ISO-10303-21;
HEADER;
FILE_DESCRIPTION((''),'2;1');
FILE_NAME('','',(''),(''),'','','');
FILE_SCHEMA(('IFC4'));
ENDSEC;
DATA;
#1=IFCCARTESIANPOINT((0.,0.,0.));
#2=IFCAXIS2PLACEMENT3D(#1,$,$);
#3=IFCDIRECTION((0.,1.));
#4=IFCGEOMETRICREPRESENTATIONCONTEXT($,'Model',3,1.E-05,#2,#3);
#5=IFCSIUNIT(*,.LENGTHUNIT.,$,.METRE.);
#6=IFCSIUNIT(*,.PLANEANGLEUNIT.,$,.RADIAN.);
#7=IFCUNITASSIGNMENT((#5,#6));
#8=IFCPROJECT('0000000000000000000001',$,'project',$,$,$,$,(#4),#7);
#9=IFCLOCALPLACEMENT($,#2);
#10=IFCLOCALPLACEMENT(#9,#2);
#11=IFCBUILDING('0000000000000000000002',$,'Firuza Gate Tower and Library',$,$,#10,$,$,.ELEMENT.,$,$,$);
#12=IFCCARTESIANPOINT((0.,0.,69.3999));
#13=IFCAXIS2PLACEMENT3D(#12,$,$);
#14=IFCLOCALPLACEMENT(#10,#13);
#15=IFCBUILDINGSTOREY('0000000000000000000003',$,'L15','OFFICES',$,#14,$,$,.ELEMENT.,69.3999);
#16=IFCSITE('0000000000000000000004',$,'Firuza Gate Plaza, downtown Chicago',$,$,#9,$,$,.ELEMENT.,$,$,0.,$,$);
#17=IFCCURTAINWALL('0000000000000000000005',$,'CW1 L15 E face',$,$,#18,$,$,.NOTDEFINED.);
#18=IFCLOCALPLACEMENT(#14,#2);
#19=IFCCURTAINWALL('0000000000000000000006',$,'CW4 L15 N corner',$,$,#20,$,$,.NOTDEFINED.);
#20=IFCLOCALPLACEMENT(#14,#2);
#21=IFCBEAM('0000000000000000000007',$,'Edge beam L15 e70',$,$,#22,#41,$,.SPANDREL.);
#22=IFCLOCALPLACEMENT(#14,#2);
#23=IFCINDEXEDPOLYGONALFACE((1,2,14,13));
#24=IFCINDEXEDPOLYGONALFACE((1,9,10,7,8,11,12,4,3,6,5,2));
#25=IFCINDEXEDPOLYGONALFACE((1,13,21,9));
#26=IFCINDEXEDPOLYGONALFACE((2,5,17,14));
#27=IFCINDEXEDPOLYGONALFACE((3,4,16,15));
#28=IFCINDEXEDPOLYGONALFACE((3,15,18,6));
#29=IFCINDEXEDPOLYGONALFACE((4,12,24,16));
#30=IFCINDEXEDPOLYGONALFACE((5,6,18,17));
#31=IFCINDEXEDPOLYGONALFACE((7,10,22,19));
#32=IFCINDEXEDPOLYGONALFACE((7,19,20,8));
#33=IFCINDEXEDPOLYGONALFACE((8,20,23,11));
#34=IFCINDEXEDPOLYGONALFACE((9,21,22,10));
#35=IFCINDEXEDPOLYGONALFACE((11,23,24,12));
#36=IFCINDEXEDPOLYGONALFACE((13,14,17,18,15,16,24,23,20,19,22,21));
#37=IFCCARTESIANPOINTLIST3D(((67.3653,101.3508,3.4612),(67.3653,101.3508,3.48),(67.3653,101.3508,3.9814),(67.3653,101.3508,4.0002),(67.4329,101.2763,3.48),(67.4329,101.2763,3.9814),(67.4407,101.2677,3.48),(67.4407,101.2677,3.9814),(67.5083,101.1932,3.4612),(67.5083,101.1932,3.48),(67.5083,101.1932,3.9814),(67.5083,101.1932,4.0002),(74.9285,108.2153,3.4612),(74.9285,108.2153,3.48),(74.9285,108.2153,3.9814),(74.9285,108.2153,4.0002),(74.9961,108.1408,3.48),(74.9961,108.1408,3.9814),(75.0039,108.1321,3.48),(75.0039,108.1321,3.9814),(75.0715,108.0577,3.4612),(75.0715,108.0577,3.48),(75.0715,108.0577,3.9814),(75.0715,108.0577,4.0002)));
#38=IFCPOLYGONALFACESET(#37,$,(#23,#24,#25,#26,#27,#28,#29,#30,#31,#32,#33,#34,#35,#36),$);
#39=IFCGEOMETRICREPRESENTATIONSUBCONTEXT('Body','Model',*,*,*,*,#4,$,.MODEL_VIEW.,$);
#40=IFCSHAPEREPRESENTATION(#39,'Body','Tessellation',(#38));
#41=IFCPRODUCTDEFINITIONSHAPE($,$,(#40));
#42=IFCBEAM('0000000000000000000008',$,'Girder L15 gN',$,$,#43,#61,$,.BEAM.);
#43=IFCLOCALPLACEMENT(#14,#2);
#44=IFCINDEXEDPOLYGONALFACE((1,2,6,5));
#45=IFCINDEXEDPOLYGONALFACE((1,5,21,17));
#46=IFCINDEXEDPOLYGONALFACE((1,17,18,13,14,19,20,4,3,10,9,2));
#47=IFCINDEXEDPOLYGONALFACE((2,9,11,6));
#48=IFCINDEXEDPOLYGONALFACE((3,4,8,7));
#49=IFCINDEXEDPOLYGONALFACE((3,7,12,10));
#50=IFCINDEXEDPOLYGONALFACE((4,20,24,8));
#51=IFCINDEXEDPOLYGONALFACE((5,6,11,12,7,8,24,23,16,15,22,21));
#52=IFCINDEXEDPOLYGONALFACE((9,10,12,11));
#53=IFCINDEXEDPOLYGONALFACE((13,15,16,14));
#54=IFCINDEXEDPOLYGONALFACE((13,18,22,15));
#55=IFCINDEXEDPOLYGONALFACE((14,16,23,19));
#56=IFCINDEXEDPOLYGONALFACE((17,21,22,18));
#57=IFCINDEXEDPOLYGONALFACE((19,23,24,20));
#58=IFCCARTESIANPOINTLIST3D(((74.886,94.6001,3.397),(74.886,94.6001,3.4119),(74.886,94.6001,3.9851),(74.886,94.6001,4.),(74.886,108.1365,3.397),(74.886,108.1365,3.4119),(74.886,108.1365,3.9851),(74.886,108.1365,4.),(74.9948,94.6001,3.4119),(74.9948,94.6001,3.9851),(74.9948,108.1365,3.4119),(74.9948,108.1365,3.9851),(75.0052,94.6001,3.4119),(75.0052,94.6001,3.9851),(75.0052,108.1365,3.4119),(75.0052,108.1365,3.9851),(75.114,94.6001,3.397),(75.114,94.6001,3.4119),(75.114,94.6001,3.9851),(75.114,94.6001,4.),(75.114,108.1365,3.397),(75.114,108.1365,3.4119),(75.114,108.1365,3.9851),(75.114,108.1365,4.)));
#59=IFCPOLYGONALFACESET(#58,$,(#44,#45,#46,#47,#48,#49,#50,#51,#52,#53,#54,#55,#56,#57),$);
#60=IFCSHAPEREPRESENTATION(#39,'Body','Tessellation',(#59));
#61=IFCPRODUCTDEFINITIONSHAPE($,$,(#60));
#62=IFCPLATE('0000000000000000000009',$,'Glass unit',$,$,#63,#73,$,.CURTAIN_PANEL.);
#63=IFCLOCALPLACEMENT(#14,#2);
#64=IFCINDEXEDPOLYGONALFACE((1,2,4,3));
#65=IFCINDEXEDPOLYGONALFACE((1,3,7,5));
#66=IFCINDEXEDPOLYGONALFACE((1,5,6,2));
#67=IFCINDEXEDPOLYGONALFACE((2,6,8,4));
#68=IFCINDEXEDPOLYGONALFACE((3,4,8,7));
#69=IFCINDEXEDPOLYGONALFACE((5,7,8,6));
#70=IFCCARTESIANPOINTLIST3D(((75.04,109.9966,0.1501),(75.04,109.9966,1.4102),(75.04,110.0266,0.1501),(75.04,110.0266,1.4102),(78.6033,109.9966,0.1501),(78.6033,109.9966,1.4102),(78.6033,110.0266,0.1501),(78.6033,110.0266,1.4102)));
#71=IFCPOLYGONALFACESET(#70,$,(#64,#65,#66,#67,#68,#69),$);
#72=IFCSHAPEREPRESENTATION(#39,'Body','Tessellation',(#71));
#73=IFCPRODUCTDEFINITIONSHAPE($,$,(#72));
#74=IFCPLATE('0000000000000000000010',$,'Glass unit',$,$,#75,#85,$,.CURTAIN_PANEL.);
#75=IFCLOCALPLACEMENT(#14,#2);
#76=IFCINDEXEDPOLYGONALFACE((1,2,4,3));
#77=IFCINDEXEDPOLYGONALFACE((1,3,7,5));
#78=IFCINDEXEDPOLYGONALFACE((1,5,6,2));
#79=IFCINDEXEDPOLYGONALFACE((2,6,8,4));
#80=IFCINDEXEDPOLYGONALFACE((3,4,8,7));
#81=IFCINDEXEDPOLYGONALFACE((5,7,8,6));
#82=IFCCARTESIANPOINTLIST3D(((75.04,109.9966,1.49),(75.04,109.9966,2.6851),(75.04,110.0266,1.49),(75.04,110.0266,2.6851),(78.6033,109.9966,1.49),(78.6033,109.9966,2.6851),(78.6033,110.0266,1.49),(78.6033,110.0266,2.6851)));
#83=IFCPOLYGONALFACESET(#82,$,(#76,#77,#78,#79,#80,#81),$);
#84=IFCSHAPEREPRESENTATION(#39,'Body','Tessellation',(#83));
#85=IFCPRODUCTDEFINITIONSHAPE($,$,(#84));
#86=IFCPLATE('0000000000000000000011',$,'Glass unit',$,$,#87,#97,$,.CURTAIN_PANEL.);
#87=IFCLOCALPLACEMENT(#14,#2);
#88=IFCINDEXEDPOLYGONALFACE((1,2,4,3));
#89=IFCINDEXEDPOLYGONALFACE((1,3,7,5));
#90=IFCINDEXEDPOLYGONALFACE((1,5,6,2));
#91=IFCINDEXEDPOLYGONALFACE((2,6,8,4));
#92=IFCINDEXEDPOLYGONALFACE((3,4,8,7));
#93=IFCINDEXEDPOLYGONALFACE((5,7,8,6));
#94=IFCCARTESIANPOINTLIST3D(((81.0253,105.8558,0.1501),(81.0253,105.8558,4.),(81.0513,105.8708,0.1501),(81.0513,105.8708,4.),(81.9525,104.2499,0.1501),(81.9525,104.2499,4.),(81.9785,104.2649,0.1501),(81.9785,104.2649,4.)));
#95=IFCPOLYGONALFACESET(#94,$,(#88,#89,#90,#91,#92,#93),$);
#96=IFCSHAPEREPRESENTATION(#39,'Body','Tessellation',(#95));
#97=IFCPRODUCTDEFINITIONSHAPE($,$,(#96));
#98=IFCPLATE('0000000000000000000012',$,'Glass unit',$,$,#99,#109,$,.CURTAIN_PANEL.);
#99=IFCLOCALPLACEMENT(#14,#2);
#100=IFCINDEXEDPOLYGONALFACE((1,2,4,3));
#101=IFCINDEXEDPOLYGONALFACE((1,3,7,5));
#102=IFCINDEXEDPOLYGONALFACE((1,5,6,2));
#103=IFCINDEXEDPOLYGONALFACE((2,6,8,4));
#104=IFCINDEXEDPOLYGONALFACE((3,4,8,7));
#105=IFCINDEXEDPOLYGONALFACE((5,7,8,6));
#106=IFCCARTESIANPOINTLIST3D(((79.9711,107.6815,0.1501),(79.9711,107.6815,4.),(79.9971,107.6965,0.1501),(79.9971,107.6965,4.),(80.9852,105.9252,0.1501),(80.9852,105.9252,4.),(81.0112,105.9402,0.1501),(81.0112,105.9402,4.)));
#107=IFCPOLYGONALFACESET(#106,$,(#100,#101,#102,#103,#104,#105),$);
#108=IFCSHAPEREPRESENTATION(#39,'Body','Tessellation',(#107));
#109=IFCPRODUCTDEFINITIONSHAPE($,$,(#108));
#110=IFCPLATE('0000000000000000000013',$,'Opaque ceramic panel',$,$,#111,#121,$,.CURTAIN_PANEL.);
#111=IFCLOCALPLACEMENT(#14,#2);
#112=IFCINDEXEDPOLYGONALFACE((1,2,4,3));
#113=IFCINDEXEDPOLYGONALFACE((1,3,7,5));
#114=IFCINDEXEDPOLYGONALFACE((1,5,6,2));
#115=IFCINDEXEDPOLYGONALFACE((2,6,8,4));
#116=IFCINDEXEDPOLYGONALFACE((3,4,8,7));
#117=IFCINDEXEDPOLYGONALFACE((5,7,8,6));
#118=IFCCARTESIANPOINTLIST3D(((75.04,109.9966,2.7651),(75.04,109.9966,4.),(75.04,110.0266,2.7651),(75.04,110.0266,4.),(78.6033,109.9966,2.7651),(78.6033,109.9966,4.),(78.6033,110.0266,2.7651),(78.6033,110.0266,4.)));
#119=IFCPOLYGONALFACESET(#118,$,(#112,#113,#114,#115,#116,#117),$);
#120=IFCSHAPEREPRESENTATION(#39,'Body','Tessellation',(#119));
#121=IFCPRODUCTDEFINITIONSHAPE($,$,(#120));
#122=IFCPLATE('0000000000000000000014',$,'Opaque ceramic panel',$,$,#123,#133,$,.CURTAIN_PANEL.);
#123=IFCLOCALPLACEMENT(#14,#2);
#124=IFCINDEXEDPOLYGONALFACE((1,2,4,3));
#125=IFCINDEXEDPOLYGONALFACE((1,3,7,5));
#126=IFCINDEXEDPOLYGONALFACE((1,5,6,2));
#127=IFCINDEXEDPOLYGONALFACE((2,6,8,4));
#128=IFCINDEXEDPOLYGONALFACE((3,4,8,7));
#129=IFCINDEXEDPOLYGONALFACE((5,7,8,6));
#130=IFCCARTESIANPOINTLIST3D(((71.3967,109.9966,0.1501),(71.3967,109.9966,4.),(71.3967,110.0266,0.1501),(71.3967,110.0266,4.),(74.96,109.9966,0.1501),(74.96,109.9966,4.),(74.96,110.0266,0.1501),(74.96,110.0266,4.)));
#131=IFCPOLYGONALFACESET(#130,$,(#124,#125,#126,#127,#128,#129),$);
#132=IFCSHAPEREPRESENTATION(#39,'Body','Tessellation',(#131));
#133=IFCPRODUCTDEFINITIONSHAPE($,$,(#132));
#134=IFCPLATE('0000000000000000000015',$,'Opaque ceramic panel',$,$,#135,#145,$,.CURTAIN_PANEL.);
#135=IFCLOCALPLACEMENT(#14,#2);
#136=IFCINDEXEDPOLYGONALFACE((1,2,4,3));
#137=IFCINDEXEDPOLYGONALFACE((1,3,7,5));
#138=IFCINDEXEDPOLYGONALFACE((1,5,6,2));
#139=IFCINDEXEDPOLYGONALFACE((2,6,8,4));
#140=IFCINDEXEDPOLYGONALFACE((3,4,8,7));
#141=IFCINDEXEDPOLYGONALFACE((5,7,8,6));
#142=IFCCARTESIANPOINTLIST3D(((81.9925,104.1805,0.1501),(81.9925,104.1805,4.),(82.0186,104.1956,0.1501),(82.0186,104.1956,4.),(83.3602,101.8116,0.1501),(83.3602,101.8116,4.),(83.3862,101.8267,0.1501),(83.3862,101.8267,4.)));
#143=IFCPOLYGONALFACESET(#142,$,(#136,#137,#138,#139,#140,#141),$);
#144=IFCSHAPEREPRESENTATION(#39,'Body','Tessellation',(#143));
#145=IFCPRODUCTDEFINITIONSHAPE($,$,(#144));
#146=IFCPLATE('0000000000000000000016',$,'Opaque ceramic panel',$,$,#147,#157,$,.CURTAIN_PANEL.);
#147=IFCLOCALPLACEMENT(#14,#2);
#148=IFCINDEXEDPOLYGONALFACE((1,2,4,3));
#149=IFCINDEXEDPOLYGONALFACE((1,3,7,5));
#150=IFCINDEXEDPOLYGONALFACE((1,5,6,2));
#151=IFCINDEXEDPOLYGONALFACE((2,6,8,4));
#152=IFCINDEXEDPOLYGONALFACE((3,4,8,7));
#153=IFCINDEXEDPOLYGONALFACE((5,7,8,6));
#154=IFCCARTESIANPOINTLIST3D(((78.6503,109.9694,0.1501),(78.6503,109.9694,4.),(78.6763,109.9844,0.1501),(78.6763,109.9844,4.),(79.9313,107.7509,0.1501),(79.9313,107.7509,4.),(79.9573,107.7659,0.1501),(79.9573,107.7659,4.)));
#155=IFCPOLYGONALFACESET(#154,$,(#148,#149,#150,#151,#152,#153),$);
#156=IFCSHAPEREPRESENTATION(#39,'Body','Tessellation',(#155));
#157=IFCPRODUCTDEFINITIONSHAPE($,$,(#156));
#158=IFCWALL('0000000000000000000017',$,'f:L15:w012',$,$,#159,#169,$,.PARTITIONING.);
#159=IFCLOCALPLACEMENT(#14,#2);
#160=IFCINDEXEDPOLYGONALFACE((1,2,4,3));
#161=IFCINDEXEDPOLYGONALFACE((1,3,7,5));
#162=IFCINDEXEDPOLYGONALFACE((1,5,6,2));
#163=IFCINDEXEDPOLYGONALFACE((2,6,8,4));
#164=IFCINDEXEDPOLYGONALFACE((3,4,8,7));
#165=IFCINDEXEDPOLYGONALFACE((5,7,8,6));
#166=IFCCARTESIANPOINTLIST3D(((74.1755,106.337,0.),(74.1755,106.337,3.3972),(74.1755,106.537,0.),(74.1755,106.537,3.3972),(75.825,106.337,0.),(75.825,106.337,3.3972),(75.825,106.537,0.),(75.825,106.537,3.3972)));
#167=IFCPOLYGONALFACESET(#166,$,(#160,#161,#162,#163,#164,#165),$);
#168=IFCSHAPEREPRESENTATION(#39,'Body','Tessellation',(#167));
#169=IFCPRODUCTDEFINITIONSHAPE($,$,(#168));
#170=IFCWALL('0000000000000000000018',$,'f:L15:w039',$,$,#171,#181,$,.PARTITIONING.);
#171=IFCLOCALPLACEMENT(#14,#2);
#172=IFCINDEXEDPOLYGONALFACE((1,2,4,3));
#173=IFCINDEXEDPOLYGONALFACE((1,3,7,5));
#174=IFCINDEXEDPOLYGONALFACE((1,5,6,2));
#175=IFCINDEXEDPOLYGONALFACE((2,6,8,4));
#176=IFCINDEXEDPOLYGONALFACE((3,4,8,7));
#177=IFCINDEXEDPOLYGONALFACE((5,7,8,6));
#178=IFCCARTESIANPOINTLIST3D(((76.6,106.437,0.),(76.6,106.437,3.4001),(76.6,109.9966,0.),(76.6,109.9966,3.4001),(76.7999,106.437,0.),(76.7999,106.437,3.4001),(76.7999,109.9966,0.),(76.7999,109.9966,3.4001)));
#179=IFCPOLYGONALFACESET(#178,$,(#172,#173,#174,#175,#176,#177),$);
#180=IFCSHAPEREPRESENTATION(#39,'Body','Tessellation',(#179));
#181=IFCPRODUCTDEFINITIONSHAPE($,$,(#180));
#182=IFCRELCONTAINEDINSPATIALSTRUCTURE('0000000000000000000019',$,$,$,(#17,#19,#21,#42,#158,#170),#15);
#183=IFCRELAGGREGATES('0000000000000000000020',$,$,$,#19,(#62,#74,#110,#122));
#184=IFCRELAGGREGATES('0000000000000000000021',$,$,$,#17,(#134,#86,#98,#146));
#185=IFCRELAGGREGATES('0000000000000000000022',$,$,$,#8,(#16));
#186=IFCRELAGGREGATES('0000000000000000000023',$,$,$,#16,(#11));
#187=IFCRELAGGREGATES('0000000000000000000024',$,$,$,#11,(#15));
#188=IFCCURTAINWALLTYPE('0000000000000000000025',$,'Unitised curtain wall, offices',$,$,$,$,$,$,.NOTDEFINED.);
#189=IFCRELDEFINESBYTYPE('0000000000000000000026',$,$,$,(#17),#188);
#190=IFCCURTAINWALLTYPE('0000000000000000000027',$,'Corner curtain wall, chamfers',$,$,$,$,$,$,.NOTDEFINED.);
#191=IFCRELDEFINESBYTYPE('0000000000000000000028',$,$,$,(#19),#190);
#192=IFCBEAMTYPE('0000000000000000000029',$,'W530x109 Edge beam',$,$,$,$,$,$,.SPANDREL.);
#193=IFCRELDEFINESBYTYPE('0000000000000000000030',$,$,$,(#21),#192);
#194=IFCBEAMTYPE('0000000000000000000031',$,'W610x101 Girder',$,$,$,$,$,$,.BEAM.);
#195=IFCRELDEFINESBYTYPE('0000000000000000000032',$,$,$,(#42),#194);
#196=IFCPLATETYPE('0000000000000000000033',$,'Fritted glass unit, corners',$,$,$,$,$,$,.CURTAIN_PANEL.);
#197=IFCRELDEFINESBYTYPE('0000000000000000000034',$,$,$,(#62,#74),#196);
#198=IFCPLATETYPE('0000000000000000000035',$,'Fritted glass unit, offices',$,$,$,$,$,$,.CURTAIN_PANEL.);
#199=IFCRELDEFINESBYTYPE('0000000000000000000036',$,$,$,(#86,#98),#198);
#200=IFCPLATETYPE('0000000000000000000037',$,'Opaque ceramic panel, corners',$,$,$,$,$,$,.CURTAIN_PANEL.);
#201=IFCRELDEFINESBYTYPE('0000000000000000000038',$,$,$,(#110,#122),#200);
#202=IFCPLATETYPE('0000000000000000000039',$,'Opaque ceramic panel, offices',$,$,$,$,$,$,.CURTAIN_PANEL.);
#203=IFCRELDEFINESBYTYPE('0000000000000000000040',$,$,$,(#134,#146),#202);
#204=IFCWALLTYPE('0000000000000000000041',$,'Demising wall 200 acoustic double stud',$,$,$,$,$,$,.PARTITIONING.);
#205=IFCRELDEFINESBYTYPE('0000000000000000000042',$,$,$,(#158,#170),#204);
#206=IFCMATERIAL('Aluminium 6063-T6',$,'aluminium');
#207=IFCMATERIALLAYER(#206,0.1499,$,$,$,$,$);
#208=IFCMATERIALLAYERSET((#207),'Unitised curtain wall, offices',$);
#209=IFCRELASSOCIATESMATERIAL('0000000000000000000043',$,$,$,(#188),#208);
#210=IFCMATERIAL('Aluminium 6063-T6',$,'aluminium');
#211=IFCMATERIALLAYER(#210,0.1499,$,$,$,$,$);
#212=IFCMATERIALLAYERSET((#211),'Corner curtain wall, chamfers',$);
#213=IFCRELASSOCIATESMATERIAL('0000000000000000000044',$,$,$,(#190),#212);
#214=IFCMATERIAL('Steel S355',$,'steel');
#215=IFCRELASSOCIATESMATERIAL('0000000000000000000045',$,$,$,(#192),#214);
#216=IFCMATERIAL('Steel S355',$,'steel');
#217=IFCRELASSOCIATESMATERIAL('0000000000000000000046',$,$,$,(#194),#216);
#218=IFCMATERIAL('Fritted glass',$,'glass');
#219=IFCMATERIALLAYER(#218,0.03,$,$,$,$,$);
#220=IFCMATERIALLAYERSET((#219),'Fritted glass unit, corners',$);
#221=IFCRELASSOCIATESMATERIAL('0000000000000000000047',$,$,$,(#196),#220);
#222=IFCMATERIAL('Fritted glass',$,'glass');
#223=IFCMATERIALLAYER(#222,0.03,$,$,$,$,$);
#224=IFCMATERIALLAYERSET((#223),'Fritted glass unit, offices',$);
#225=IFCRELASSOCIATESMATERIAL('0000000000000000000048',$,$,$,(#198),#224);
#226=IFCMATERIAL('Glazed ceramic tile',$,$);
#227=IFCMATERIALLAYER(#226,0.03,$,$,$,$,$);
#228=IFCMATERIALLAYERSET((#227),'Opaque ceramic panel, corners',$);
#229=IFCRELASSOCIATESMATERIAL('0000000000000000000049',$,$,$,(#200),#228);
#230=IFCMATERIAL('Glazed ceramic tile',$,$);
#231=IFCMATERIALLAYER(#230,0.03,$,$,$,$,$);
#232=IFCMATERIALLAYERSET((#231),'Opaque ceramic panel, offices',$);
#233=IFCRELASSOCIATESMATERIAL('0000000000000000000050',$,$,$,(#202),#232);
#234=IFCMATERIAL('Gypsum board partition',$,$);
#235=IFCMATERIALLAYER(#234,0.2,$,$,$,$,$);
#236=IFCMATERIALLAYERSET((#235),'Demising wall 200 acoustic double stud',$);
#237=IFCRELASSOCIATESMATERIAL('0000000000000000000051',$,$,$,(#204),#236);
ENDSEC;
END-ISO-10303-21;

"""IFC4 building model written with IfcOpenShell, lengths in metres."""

from ifc_helpers import new_model, si_unit, direction, frame, frame_2d, origin, origin_2d, place, context, subcontext, project, spatial, polyline, rectangle, i_section, outline, extrude, material, layer, layer_set, material_profile, profile_set, type_object, element, aggregate, save


model = new_model("IFC4")

# Units and contexts
model_context = context("Model", 3, precision=1e-05, world=origin(), true_north=direction((0.0, 1.0)))
body_context = subcontext(model_context, "Body", "Model", "MODEL_VIEW")
ifc_project = project(units=[si_unit("LENGTHUNIT", "METRE"), si_unit("PLANEANGLEUNIT", "RADIAN")], contexts=[model_context])

# Site, building, storey
site_placement = place(None, origin())
site = spatial("IfcSite", under=ifc_project, at=site_placement, Name="Firuza Gate Plaza, downtown Chicago", CompositionType="ELEMENT", RefElevation=0.0)
building_placement = place(site_placement, origin())
building = spatial("IfcBuilding", under=site, at=building_placement, Name="Firuza Gate Tower and Library", CompositionType="ELEMENT")
storey_placement = place(building_placement, frame((0.0, 0.0, 69.3999)))
storey = spatial("IfcBuildingStorey", under=building, at=storey_placement, Name="L15", Description="OFFICES", CompositionType="ELEMENT", Elevation=69.3999)

# Curtain walls
ifc_material_1 = material(Name="Aluminium 6063-T6", Category="aluminium")
ifc_layer_1 = layer(ifc_material_1, 0.1499)
ifc_layer_set_1 = layer_set([ifc_layer_1], Name="Unitised curtain wall, offices")
curtain_wall_type_1 = type_object("IfcCurtainWallType", Name="Unitised curtain wall, offices", PredefinedType="NOTDEFINED", material=ifc_layer_set_1)
placement = place(storey_placement, origin())
curtain_wall_1 = element("IfcCurtainWall", 1, at=placement, inside=storey, type_object=curtain_wall_type_1, Name="CW1 L15 E face", PredefinedType="NOTDEFINED")
ifc_material_2 = material(Name="Aluminium 6063-T6", Category="aluminium")
ifc_layer_2 = layer(ifc_material_2, 0.1499)
ifc_layer_set_2 = layer_set([ifc_layer_2], Name="Corner curtain wall, chamfers")
curtain_wall_type_2 = type_object("IfcCurtainWallType", Name="Corner curtain wall, chamfers", PredefinedType="NOTDEFINED", material=ifc_layer_set_2)
curtain_wall_2 = element("IfcCurtainWall", 2, at=placement, inside=storey, type_object=curtain_wall_type_2, Name="CW4 L15 N corner", PredefinedType="NOTDEFINED")

# Beams
ifc_material_3 = material(Name="Steel S355", Category="steel")
ifc_material_profile_1 = material_profile(ifc_material_3, i_section(OverallWidth=0.2129, OverallDepth=0.5391, WebThickness=0.0117, FlangeThickness=0.0188, at=origin_2d()))
ifc_profile_set_1 = profile_set([ifc_material_profile_1], Name="Steel S355")
beam_type_1 = type_object("IfcBeamType", Name="W530x109 Edge beam", PredefinedType="SPANDREL", material=ifc_profile_set_1)
beam_1_placement = place(storey_placement, frame((75.0, 108.1365, 3.7307), z_axis=(-0.740484, -0.672074, 0.0), x_axis=(0.672074, -0.740484, 0.0)))
element("IfcBeam", 3, at=beam_1_placement, inside=storey, type_object=beam_type_1, Name="Edge beam L15 e70", PredefinedType="SPANDREL", context=body_context, shape_type="SweptSolid", body=[
    extrude(i_section(OverallWidth=0.2129, OverallDepth=0.5391, WebThickness=0.0117, FlangeThickness=0.0188, at=origin_2d()), origin(), (0.0, 0.0, 1.0), 10.2139),
])
ifc_material_4 = material(Name="Steel S355", Category="steel")
ifc_material_profile_2 = material_profile(ifc_material_4, i_section(OverallWidth=0.228, OverallDepth=0.603, WebThickness=0.0105, FlangeThickness=0.0149, at=origin_2d()))
ifc_profile_set_2 = profile_set([ifc_material_profile_2], Name="Steel S355")
beam_type_2 = type_object("IfcBeamType", Name="W610x101 Girder", PredefinedType="BEAM", material=ifc_profile_set_2)
beam_2_placement = place(storey_placement, frame((75.0, 108.1365, 3.6985), z_axis=(0.0, -1.0, 0.0), x_axis=(1.0, 0.0, 0.0)))
element("IfcBeam", 4, at=beam_2_placement, inside=storey, type_object=beam_type_2, Name="Girder L15 gN", PredefinedType="BEAM", context=body_context, shape_type="SweptSolid", body=[
    extrude(i_section(OverallWidth=0.228, OverallDepth=0.603, WebThickness=0.0105, FlangeThickness=0.0149, at=origin_2d()), origin(), (0.0, 0.0, 1.0), 13.5364),
])

# Plates
ifc_material_5 = material(Name="Fritted glass", Category="glass")
ifc_layer_3 = layer(ifc_material_5, 0.03)
ifc_layer_set_3 = layer_set([ifc_layer_3], Name="Fritted glass unit, corners")
plate_type_1 = type_object("IfcPlateType", Name="Fritted glass unit, corners", PredefinedType="CURTAIN_PANEL", material=ifc_layer_set_3)
plate_1_placement = place(storey_placement, frame((78.6033, 110.0266, 0.1501), z_axis=(0.0, 1.0, 0.0), x_axis=(-1.0, 0.0, 0.0)))
plate_1 = element("IfcPlate", 5, at=plate_1_placement, type_object=plate_type_1, Name="Glass unit", PredefinedType="CURTAIN_PANEL", context=body_context, shape_type="SweptSolid", body=[
    extrude(outline(polyline([(0.0, 0.0), (3.5632, 0.0), (3.5632, 1.26), (0.0, 1.26), (0.0, 0.0)])), origin(), (0.0, 0.0, -1.0), 0.03),
])
plate_2_placement = place(storey_placement, frame((78.6033, 110.0266, 1.49), z_axis=(0.0, 1.0, 0.0), x_axis=(-1.0, 0.0, 0.0)))
plate_2 = element("IfcPlate", 6, at=plate_2_placement, type_object=plate_type_1, Name="Glass unit", PredefinedType="CURTAIN_PANEL", context=body_context, shape_type="SweptSolid", body=[
    extrude(outline(polyline([(0.0, 0.0), (3.5632, 0.0), (3.5632, 1.1951), (0.0, 1.1951), (0.0, 0.0)])), origin(), (0.0, 0.0, -1.0), 0.03),
])
ifc_material_6 = material(Name="Fritted glass", Category="glass")
ifc_layer_4 = layer(ifc_material_6, 0.03)
ifc_layer_set_4 = layer_set([ifc_layer_4], Name="Fritted glass unit, offices")
plate_type_2 = type_object("IfcPlateType", Name="Fritted glass unit, offices", PredefinedType="CURTAIN_PANEL", material=ifc_layer_set_4)
plate_3_placement = place(storey_placement, frame((81.9785, 104.2649, 0.1501), z_axis=(0.866015, 0.500019, 0.0), x_axis=(-0.500019, 0.866015, 0.0)))
plate_3 = element("IfcPlate", 7, at=plate_3_placement, type_object=plate_type_2, Name="Glass unit", PredefinedType="CURTAIN_PANEL", context=body_context, shape_type="SweptSolid", body=[
    extrude(outline(polyline([(0.0, 0.0), (1.8544, 0.0), (1.8544, 3.8499), (0.0, 3.8499), (0.0, 0.0)])), origin(), (0.0, 0.0, -1.0), 0.03),
])
plate_4_placement = place(storey_placement, frame((81.0112, 105.9402, 0.1501), z_axis=(0.865997, 0.500049, 0.0), x_axis=(-0.500049, 0.865997, 0.0)))
plate_4 = element("IfcPlate", 8, at=plate_4_placement, type_object=plate_type_2, Name="Glass unit", PredefinedType="CURTAIN_PANEL", context=body_context, shape_type="SweptSolid", body=[
    extrude(outline(polyline([(0.0, 0.0), (2.0281, 0.0), (2.0281, 3.8499), (0.0, 3.8499), (0.0, 0.0)])), origin(), (0.0, 0.0, -1.0), 0.03),
])
ifc_material_7 = material(Name="Glazed ceramic tile")
ifc_layer_5 = layer(ifc_material_7, 0.03)
ifc_layer_set_5 = layer_set([ifc_layer_5], Name="Opaque ceramic panel, corners")
plate_type_3 = type_object("IfcPlateType", Name="Opaque ceramic panel, corners", PredefinedType="CURTAIN_PANEL", material=ifc_layer_set_5)
plate_5_placement = place(storey_placement, frame((78.6033, 110.0266, 2.7651), z_axis=(0.0, 1.0, 0.0), x_axis=(-1.0, 0.0, 0.0)))
plate_5 = element("IfcPlate", 9, at=plate_5_placement, type_object=plate_type_3, Name="Opaque ceramic panel", PredefinedType="CURTAIN_PANEL", context=body_context, shape_type="SweptSolid", body=[
    extrude(outline(polyline([(0.0, 0.0), (3.5632, 0.0), (3.5632, 1.2349), (0.0, 1.2349), (0.0, 0.0)])), origin(), (0.0, 0.0, -1.0), 0.03),
])
plate_6_placement = place(storey_placement, frame((74.96, 110.0266, 0.1501), z_axis=(0.0, 1.0, 0.0), x_axis=(-1.0, 0.0, 0.0)))
plate_6 = element("IfcPlate", 10, at=plate_6_placement, type_object=plate_type_3, Name="Opaque ceramic panel", PredefinedType="CURTAIN_PANEL", context=body_context, shape_type="SweptSolid", body=[
    extrude(outline(polyline([(0.0, 0.0), (3.5632, 0.0), (3.5632, 3.8499), (0.0, 3.8499), (0.0, 0.0)])), origin(), (0.0, 0.0, -1.0), 0.03),
])
aggregate(curtain_wall_2, [plate_1, plate_2, plate_5, plate_6])
ifc_material_8 = material(Name="Glazed ceramic tile")
ifc_layer_6 = layer(ifc_material_8, 0.03)
ifc_layer_set_6 = layer_set([ifc_layer_6], Name="Opaque ceramic panel, offices")
plate_type_4 = type_object("IfcPlateType", Name="Opaque ceramic panel, offices", PredefinedType="CURTAIN_PANEL", material=ifc_layer_set_6)
plate_7_placement = place(storey_placement, frame((83.3862, 101.8267, 0.1501), z_axis=(0.866027, 0.499998, 0.0), x_axis=(-0.499998, 0.866027, 0.0)))
plate_7 = element("IfcPlate", 11, at=plate_7_placement, type_object=plate_type_4, Name="Opaque ceramic panel", PredefinedType="CURTAIN_PANEL", context=body_context, shape_type="SweptSolid", body=[
    extrude(outline(polyline([(0.0, 0.0), (2.7354, 0.0), (2.7354, 3.8499), (0.0, 3.8499), (0.0, 0.0)])), origin(), (0.0, 0.0, -1.0), 0.03),
])
plate_8_placement = place(storey_placement, frame((79.9573, 107.7659, 0.1501), z_axis=(0.866, 0.500044, 0.0), x_axis=(-0.500044, 0.866, 0.0)))
plate_8 = element("IfcPlate", 12, at=plate_8_placement, type_object=plate_type_4, Name="Opaque ceramic panel", PredefinedType="CURTAIN_PANEL", context=body_context, shape_type="SweptSolid", body=[
    extrude(outline(polyline([(0.0, 0.0), (2.5618, 0.0), (2.5618, 3.8499), (0.0, 3.8499), (0.0, 0.0)])), origin(), (0.0, 0.0, -1.0), 0.03),
])
aggregate(curtain_wall_1, [plate_7, plate_3, plate_4, plate_8])

# Walls
ifc_material_9 = material(Name="Gypsum board partition")
ifc_layer_7 = layer(ifc_material_9, 0.2)
ifc_layer_set_7 = layer_set([ifc_layer_7], Name="Demising wall 200 acoustic double stud")
wall_type_1 = type_object("IfcWallType", Name="Demising wall 200 acoustic double stud", PredefinedType="PARTITIONING", material=ifc_layer_set_7)
wall_1_placement = place(storey_placement, frame((74.1755, 106.437, 0.0), z_axis=(0.0, 0.0, 1.0), x_axis=(1.0, 0.0, 0.0)))
element("IfcWall", 13, at=wall_1_placement, inside=storey, type_object=wall_type_1, Name="f:L15:w012", PredefinedType="PARTITIONING", context=body_context, shape_type="SweptSolid", body=[
    extrude(rectangle(XDim=1.6494, YDim=0.2, at=frame_2d((0.8247, 0.0))), origin(), (0.0, 0.0, 1.0), 3.3972),
])
wall_2_placement = place(storey_placement, frame((76.7, 106.437, 0.0), z_axis=(0.0, 0.0, 1.0), x_axis=(0.0, 1.0, 0.0)))
element("IfcWall", 14, at=wall_2_placement, inside=storey, type_object=wall_type_1, Name="f:L15:w039", PredefinedType="PARTITIONING", context=body_context, shape_type="SweptSolid", body=[
    extrude(rectangle(XDim=3.5596, YDim=0.2, at=frame_2d((1.7798, 0.0))), origin(), (0.0, 0.0, 1.0), 3.4001),
])

save(model, "model.ifc")
